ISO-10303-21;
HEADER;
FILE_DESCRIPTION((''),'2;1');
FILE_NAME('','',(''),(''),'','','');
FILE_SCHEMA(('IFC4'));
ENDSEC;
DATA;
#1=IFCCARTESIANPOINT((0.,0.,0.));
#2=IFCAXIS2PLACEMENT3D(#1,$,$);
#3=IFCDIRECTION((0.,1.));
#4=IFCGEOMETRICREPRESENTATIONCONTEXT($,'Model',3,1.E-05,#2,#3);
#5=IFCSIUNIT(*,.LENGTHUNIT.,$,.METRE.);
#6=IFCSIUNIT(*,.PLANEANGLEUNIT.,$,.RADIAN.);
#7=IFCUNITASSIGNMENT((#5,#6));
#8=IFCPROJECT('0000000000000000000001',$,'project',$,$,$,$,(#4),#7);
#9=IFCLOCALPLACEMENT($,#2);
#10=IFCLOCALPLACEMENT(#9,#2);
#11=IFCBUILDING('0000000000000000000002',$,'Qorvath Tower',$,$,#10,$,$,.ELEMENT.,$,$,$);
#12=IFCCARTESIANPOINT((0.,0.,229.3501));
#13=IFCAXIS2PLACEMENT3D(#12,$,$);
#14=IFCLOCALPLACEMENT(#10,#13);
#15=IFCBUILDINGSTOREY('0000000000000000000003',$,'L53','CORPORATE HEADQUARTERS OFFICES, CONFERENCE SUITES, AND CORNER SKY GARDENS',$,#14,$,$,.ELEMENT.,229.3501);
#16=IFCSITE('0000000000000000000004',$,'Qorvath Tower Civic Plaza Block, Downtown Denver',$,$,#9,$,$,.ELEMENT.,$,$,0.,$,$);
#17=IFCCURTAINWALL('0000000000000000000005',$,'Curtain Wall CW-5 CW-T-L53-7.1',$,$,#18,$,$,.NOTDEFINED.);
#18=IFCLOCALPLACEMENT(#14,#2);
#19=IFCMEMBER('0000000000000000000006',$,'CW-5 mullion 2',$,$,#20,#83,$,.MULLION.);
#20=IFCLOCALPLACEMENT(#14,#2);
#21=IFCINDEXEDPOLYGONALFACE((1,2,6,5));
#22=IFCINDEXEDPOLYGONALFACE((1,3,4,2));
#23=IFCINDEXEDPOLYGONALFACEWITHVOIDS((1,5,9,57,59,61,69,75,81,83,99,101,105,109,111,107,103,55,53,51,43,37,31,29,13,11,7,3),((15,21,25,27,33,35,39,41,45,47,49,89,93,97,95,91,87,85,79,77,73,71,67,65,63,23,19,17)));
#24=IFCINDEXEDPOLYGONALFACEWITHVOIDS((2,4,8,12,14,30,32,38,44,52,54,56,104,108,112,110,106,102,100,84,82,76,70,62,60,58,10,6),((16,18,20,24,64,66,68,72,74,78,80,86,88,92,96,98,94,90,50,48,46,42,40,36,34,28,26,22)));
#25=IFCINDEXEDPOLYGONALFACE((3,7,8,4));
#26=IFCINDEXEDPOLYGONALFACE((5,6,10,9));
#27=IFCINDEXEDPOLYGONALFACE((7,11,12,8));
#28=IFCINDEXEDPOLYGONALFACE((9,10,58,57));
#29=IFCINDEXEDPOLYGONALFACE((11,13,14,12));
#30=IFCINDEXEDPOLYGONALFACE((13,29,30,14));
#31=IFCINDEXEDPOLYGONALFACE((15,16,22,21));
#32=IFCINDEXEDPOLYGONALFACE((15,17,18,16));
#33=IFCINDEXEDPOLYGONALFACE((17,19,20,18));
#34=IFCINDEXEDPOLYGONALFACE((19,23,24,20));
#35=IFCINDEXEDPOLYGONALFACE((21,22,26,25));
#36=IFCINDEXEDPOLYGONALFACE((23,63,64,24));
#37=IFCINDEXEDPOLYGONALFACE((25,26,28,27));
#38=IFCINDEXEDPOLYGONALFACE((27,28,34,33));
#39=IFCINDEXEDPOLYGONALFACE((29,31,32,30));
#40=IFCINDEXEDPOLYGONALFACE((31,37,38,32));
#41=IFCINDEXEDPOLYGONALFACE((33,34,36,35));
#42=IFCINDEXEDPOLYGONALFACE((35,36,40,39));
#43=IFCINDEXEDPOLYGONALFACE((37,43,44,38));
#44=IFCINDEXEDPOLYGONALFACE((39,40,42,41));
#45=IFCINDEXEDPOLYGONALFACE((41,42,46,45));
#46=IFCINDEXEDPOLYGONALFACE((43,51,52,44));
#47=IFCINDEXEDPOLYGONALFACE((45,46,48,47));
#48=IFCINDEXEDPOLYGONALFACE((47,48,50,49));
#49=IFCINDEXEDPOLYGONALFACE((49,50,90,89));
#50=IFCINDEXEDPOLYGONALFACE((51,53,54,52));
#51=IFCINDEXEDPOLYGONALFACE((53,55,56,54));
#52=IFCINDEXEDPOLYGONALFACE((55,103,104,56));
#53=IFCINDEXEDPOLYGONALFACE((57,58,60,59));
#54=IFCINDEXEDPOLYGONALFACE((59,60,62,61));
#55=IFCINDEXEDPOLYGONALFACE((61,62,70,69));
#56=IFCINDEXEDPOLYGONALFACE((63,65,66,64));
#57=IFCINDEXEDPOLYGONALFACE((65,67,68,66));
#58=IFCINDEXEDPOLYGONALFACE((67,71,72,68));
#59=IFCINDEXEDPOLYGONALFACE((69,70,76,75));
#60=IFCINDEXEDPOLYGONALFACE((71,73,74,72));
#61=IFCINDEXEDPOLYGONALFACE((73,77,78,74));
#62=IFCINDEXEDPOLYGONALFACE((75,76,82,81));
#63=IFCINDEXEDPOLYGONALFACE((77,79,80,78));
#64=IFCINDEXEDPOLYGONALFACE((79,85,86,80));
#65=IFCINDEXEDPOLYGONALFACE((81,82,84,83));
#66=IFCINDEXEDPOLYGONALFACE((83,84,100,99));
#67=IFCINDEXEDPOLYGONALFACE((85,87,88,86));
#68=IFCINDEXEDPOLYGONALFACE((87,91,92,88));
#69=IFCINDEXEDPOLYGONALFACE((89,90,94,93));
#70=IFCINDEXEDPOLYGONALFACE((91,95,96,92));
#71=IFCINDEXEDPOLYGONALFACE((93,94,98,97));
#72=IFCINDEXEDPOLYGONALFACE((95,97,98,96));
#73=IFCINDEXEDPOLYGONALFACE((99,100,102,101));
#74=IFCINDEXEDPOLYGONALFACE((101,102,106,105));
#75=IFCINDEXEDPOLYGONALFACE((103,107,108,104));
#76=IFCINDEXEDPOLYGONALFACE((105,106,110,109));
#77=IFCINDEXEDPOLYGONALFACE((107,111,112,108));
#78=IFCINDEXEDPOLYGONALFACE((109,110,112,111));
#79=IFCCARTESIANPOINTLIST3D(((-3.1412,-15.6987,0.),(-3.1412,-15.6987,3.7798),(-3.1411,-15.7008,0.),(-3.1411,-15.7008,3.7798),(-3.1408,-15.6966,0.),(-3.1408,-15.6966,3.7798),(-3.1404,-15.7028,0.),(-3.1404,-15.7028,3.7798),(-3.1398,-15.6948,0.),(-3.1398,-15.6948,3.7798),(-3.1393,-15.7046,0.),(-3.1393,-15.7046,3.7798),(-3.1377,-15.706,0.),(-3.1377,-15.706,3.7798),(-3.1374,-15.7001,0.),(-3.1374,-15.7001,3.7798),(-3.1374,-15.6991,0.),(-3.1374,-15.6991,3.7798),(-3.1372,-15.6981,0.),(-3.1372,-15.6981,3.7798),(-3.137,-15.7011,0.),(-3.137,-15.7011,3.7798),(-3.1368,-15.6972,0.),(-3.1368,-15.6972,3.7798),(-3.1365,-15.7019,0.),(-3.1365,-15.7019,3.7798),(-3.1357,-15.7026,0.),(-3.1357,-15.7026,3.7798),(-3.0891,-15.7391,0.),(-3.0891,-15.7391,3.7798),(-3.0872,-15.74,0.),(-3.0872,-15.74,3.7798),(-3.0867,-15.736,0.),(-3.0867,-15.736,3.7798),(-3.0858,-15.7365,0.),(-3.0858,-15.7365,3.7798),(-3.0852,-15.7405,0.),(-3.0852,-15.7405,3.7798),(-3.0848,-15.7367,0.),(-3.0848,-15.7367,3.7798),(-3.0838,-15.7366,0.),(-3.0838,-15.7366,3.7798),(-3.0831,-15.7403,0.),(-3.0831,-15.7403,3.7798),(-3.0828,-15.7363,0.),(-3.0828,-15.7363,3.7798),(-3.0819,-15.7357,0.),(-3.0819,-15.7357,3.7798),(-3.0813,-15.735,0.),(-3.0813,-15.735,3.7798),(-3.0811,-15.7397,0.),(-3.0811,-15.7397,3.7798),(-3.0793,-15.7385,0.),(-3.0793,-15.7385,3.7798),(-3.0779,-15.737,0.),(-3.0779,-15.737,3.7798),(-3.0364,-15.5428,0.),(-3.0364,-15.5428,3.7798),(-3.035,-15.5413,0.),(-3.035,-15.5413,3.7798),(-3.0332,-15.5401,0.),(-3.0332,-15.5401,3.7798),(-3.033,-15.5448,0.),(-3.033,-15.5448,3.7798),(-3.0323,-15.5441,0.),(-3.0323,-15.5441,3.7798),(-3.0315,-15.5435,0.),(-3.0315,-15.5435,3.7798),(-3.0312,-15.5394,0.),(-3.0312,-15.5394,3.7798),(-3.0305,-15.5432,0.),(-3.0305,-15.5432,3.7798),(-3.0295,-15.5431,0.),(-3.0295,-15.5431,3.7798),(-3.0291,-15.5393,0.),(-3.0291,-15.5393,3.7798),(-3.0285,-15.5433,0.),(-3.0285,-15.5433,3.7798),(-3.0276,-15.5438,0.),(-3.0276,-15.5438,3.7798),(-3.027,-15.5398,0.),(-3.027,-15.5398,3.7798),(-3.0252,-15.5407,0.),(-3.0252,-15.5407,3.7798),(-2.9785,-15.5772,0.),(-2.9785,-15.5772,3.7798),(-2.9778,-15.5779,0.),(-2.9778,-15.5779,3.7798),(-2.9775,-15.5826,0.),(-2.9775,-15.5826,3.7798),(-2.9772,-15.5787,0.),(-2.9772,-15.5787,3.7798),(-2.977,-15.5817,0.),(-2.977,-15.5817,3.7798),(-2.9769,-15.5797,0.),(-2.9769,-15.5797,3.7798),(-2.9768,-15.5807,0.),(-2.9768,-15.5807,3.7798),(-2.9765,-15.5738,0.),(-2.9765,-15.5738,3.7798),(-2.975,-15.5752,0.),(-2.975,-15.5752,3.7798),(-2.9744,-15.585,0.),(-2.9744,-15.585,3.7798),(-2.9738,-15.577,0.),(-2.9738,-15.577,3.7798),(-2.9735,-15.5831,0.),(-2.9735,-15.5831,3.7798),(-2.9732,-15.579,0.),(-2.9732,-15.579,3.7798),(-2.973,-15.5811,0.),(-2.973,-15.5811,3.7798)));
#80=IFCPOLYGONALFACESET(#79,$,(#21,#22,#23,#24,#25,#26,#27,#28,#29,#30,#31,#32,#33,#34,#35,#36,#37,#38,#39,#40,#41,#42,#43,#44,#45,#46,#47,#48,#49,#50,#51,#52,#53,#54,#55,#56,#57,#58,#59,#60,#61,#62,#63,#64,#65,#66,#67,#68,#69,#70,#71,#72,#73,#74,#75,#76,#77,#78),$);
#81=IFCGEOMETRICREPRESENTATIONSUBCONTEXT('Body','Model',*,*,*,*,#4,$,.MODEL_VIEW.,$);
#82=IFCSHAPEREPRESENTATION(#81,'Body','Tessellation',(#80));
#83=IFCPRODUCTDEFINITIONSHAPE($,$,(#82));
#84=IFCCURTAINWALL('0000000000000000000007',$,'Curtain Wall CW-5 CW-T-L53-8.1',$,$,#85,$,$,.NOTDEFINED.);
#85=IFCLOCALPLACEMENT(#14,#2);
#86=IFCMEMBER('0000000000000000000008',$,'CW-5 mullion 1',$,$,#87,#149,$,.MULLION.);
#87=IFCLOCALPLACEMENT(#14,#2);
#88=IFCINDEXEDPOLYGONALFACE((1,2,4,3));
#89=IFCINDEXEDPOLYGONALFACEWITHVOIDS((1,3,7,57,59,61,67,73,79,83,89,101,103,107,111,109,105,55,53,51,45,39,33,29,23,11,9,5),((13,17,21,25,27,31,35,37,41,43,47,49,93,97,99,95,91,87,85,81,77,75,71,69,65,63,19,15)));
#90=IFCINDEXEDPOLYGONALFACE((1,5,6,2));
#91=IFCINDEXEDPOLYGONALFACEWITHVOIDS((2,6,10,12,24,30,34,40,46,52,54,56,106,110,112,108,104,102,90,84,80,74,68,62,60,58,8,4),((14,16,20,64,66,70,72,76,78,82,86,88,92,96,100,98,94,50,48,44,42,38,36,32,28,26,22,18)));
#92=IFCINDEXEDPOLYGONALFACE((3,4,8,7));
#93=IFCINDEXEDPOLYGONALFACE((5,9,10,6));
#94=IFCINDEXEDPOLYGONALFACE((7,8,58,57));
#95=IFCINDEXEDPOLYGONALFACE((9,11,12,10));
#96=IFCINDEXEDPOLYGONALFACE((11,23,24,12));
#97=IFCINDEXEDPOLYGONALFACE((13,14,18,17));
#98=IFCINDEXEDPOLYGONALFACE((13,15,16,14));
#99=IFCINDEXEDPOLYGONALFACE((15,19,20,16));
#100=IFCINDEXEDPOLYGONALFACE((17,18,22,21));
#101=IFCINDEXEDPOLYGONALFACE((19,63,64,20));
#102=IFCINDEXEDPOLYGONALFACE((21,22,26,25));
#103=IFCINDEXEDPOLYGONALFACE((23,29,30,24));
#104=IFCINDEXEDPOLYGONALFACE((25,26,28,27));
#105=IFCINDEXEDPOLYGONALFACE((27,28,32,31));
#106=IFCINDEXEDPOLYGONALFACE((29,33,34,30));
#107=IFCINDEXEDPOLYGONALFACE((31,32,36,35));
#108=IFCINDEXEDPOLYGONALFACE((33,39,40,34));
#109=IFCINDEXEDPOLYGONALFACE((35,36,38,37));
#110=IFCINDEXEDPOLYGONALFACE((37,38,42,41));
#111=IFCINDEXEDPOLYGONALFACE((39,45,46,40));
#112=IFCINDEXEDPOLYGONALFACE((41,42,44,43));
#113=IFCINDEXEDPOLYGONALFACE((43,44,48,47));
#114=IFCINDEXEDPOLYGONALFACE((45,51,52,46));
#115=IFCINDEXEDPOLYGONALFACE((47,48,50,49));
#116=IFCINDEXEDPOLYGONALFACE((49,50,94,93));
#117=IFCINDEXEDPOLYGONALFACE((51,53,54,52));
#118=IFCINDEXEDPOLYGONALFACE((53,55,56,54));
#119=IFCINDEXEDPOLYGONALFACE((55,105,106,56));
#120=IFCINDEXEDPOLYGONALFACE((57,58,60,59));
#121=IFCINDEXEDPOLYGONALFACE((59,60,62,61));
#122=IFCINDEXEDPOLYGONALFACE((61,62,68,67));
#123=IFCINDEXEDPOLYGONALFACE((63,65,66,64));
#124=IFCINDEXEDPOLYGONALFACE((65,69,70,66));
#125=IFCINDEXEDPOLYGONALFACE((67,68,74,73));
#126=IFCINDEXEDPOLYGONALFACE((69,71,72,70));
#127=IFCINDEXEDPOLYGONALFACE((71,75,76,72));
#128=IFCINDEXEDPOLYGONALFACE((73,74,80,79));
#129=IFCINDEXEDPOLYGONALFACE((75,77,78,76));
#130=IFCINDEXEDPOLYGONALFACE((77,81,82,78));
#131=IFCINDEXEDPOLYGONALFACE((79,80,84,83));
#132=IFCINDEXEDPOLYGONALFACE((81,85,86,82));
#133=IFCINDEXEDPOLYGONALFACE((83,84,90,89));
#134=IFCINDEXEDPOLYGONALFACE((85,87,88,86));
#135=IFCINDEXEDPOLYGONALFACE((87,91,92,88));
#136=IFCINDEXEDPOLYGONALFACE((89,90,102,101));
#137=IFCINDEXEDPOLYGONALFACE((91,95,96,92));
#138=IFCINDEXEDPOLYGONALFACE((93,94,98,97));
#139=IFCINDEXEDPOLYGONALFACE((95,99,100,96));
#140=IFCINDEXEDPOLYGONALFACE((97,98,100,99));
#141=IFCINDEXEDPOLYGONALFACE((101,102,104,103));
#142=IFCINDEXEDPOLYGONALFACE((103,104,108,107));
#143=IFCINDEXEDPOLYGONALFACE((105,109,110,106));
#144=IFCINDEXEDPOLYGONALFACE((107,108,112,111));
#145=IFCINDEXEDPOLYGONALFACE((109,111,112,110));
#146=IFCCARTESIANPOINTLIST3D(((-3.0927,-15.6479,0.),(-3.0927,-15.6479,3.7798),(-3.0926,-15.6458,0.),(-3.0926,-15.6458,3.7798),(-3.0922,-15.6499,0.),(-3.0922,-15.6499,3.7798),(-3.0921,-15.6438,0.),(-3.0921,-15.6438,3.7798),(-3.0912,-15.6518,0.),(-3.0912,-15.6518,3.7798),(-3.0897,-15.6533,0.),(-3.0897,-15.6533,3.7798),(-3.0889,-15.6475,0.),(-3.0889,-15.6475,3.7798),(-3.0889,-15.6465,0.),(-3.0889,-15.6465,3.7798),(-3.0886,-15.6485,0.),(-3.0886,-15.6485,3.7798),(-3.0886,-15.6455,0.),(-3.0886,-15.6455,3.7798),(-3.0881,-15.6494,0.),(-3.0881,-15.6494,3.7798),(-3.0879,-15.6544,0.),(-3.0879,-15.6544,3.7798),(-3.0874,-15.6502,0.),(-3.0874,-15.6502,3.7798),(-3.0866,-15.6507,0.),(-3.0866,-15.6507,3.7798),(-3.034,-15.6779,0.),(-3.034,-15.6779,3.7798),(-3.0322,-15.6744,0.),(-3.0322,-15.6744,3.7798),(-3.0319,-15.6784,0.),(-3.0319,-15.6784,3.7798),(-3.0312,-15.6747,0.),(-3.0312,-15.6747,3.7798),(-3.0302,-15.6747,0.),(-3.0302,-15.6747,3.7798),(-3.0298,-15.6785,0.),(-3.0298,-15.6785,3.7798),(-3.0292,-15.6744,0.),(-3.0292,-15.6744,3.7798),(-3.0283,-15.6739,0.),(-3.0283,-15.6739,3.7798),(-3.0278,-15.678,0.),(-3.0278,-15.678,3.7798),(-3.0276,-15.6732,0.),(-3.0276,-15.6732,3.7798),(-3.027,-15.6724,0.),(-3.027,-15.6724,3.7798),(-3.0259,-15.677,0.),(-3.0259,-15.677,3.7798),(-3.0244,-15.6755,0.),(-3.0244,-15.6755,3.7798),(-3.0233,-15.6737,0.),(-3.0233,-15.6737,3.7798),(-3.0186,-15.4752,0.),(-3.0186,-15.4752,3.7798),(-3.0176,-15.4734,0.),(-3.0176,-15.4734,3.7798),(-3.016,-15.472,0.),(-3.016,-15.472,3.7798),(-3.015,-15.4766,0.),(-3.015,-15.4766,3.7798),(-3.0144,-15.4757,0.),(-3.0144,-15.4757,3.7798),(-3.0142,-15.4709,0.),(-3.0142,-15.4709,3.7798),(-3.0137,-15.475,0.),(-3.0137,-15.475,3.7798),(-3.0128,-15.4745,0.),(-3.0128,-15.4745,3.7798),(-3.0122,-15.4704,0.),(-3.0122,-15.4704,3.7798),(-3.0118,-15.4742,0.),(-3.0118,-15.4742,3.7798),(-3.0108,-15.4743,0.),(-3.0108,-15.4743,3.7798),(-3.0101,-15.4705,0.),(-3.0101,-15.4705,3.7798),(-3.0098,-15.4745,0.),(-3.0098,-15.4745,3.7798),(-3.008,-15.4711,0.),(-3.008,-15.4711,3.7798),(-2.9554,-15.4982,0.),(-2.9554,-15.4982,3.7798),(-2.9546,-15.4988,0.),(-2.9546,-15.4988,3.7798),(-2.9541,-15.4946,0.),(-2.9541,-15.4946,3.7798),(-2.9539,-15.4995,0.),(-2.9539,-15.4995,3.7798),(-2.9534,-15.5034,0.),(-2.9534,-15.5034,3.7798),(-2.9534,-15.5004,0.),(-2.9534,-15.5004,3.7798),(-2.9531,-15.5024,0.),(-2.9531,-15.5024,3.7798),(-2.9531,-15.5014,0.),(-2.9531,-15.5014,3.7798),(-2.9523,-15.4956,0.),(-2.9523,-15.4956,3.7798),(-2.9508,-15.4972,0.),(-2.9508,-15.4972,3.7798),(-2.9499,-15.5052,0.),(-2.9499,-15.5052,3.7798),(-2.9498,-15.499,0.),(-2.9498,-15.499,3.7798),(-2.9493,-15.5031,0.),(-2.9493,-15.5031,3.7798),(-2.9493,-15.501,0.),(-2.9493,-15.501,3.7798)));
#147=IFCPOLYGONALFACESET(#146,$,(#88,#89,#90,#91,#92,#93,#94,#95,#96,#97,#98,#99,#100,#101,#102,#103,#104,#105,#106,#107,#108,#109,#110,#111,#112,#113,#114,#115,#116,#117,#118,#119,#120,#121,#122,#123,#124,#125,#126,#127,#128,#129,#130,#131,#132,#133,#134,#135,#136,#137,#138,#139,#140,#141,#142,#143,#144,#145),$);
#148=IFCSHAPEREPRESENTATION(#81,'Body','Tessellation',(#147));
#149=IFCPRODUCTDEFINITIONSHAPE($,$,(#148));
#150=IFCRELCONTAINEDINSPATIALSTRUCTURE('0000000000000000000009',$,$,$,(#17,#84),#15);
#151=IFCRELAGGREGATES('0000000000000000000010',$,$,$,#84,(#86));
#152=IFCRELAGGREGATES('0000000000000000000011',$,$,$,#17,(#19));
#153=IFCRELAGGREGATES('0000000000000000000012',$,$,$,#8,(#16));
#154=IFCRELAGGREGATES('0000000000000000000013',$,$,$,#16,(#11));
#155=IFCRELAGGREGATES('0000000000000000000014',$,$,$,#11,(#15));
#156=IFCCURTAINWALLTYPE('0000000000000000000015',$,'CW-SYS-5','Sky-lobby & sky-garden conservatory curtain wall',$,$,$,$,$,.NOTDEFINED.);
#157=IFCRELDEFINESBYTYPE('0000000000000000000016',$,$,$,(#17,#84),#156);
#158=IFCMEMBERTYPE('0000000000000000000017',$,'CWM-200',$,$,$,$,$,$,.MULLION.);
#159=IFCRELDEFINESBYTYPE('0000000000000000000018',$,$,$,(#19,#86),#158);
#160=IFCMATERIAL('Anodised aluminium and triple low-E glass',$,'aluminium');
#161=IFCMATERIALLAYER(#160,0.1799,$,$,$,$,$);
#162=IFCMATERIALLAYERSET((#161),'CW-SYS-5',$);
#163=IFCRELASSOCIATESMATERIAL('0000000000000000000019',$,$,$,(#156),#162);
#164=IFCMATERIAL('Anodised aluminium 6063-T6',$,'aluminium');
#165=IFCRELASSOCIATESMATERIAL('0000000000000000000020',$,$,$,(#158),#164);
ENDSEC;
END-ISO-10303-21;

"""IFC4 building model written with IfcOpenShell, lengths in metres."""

from ifc_helpers import new_model, si_unit, direction, frame, origin, origin_2d, place, context, subcontext, project, spatial, hollow_rectangle, extrude, material, layer, layer_set, material_profile, profile_set, type_object, element, aggregate, save


model = new_model("IFC4")

# Units and contexts
model_context = context("Model", 3, precision=1e-05, world=origin(), true_north=direction((0.0, 1.0)))
body_context = subcontext(model_context, "Body", "Model", "MODEL_VIEW")
ifc_project = project(units=[si_unit("LENGTHUNIT", "METRE"), si_unit("PLANEANGLEUNIT", "RADIAN")], contexts=[model_context])

# Site, building, storey
site_placement = place(None, origin())
site = spatial("IfcSite", under=ifc_project, at=site_placement, Name="Qorvath Tower Civic Plaza Block, Downtown Denver", CompositionType="ELEMENT", RefElevation=0.0)
building_placement = place(site_placement, origin())
building = spatial("IfcBuilding", under=site, at=building_placement, Name="Qorvath Tower", CompositionType="ELEMENT")
storey_placement = place(building_placement, frame((0.0, 0.0, 229.3501)))
storey = spatial("IfcBuildingStorey", under=building, at=storey_placement, Name="L53", Description="CORPORATE HEADQUARTERS OFFICES, CONFERENCE SUITES, AND CORNER SKY GARDENS", CompositionType="ELEMENT", Elevation=229.3501)

# Shared definitions
ifc_material_1 = material(Name="Anodised aluminium and triple low-E glass", Category="aluminium")
ifc_layer_1 = layer(ifc_material_1, 0.1799)
ifc_layer_set_1 = layer_set([ifc_layer_1], Name="CW-SYS-5")
curtain_wall_type = type_object("IfcCurtainWallType", Name="CW-SYS-5", Description="Sky-lobby & sky-garden conservatory curtain wall", PredefinedType="NOTDEFINED", material=ifc_layer_set_1)
ifc_material_2 = material(Name="Anodised aluminium 6063-T6", Category="aluminium")
ifc_material_profile_1 = material_profile(ifc_material_2, hollow_rectangle(XDim=0.075, YDim=0.2, WallThickness=0.0039, InnerFilletRadius=0.0039, OuterFilletRadius=0.0081, at=origin_2d()), Name="CWM 200x75")
ifc_profile_set_1 = profile_set([ifc_material_profile_1], Name="Anodised aluminium 6063-T6")
member_type_1 = type_object("IfcMemberType", Name="CWM-200", PredefinedType="MULLION", material=ifc_profile_set_1)

# Curtain wall, member
curtain_wall_1_placement = place(storey_placement, origin())
curtain_wall_1 = element("IfcCurtainWall", 1, at=curtain_wall_1_placement, inside=storey, type_object=curtain_wall_type, Name="Curtain Wall CW-5 CW-T-L53-7.1", PredefinedType="NOTDEFINED")
member_1_placement = place(storey_placement, frame((-3.0571, -15.6399, 0.0), z_axis=(0.0, 0.0, 1.0), x_axis=(-0.826491, 0.56295, 0.0)))
member_1 = element("IfcMember", 2, at=member_1_placement, type_object=member_type_1, Name="CW-5 mullion 2", PredefinedType="MULLION", context=body_context, shape_type="SweptSolid", body=[
    extrude(hollow_rectangle(XDim=0.075, YDim=0.2, WallThickness=0.0039, InnerFilletRadius=0.0039, OuterFilletRadius=0.0081, at=origin_2d()), origin(), (0.0, 0.0, 1.0), 3.7798),
])

# Curtain wall, member
curtain_wall_2_placement = place(storey_placement, origin())
curtain_wall_2 = element("IfcCurtainWall", 3, at=curtain_wall_2_placement, inside=storey, type_object=curtain_wall_type, Name="Curtain Wall CW-5 CW-T-L53-8.1", PredefinedType="NOTDEFINED")
member_2_placement = place(storey_placement, frame((-3.021, -15.5745, 0.0), z_axis=(0.0, 0.0, 1.0), x_axis=(-0.916785, 0.399382, 0.0)))
member_2 = element("IfcMember", 4, at=member_2_placement, type_object=member_type_1, Name="CW-5 mullion 1", PredefinedType="MULLION", context=body_context, shape_type="SweptSolid", body=[
    extrude(hollow_rectangle(XDim=0.075, YDim=0.2, WallThickness=0.0039, InnerFilletRadius=0.0039, OuterFilletRadius=0.0081, at=origin_2d()), origin(), (0.0, 0.0, 1.0), 3.7798),
])

aggregate(curtain_wall_2, [member_2])

aggregate(curtain_wall_1, [member_1])

save(model, "model.ifc")
